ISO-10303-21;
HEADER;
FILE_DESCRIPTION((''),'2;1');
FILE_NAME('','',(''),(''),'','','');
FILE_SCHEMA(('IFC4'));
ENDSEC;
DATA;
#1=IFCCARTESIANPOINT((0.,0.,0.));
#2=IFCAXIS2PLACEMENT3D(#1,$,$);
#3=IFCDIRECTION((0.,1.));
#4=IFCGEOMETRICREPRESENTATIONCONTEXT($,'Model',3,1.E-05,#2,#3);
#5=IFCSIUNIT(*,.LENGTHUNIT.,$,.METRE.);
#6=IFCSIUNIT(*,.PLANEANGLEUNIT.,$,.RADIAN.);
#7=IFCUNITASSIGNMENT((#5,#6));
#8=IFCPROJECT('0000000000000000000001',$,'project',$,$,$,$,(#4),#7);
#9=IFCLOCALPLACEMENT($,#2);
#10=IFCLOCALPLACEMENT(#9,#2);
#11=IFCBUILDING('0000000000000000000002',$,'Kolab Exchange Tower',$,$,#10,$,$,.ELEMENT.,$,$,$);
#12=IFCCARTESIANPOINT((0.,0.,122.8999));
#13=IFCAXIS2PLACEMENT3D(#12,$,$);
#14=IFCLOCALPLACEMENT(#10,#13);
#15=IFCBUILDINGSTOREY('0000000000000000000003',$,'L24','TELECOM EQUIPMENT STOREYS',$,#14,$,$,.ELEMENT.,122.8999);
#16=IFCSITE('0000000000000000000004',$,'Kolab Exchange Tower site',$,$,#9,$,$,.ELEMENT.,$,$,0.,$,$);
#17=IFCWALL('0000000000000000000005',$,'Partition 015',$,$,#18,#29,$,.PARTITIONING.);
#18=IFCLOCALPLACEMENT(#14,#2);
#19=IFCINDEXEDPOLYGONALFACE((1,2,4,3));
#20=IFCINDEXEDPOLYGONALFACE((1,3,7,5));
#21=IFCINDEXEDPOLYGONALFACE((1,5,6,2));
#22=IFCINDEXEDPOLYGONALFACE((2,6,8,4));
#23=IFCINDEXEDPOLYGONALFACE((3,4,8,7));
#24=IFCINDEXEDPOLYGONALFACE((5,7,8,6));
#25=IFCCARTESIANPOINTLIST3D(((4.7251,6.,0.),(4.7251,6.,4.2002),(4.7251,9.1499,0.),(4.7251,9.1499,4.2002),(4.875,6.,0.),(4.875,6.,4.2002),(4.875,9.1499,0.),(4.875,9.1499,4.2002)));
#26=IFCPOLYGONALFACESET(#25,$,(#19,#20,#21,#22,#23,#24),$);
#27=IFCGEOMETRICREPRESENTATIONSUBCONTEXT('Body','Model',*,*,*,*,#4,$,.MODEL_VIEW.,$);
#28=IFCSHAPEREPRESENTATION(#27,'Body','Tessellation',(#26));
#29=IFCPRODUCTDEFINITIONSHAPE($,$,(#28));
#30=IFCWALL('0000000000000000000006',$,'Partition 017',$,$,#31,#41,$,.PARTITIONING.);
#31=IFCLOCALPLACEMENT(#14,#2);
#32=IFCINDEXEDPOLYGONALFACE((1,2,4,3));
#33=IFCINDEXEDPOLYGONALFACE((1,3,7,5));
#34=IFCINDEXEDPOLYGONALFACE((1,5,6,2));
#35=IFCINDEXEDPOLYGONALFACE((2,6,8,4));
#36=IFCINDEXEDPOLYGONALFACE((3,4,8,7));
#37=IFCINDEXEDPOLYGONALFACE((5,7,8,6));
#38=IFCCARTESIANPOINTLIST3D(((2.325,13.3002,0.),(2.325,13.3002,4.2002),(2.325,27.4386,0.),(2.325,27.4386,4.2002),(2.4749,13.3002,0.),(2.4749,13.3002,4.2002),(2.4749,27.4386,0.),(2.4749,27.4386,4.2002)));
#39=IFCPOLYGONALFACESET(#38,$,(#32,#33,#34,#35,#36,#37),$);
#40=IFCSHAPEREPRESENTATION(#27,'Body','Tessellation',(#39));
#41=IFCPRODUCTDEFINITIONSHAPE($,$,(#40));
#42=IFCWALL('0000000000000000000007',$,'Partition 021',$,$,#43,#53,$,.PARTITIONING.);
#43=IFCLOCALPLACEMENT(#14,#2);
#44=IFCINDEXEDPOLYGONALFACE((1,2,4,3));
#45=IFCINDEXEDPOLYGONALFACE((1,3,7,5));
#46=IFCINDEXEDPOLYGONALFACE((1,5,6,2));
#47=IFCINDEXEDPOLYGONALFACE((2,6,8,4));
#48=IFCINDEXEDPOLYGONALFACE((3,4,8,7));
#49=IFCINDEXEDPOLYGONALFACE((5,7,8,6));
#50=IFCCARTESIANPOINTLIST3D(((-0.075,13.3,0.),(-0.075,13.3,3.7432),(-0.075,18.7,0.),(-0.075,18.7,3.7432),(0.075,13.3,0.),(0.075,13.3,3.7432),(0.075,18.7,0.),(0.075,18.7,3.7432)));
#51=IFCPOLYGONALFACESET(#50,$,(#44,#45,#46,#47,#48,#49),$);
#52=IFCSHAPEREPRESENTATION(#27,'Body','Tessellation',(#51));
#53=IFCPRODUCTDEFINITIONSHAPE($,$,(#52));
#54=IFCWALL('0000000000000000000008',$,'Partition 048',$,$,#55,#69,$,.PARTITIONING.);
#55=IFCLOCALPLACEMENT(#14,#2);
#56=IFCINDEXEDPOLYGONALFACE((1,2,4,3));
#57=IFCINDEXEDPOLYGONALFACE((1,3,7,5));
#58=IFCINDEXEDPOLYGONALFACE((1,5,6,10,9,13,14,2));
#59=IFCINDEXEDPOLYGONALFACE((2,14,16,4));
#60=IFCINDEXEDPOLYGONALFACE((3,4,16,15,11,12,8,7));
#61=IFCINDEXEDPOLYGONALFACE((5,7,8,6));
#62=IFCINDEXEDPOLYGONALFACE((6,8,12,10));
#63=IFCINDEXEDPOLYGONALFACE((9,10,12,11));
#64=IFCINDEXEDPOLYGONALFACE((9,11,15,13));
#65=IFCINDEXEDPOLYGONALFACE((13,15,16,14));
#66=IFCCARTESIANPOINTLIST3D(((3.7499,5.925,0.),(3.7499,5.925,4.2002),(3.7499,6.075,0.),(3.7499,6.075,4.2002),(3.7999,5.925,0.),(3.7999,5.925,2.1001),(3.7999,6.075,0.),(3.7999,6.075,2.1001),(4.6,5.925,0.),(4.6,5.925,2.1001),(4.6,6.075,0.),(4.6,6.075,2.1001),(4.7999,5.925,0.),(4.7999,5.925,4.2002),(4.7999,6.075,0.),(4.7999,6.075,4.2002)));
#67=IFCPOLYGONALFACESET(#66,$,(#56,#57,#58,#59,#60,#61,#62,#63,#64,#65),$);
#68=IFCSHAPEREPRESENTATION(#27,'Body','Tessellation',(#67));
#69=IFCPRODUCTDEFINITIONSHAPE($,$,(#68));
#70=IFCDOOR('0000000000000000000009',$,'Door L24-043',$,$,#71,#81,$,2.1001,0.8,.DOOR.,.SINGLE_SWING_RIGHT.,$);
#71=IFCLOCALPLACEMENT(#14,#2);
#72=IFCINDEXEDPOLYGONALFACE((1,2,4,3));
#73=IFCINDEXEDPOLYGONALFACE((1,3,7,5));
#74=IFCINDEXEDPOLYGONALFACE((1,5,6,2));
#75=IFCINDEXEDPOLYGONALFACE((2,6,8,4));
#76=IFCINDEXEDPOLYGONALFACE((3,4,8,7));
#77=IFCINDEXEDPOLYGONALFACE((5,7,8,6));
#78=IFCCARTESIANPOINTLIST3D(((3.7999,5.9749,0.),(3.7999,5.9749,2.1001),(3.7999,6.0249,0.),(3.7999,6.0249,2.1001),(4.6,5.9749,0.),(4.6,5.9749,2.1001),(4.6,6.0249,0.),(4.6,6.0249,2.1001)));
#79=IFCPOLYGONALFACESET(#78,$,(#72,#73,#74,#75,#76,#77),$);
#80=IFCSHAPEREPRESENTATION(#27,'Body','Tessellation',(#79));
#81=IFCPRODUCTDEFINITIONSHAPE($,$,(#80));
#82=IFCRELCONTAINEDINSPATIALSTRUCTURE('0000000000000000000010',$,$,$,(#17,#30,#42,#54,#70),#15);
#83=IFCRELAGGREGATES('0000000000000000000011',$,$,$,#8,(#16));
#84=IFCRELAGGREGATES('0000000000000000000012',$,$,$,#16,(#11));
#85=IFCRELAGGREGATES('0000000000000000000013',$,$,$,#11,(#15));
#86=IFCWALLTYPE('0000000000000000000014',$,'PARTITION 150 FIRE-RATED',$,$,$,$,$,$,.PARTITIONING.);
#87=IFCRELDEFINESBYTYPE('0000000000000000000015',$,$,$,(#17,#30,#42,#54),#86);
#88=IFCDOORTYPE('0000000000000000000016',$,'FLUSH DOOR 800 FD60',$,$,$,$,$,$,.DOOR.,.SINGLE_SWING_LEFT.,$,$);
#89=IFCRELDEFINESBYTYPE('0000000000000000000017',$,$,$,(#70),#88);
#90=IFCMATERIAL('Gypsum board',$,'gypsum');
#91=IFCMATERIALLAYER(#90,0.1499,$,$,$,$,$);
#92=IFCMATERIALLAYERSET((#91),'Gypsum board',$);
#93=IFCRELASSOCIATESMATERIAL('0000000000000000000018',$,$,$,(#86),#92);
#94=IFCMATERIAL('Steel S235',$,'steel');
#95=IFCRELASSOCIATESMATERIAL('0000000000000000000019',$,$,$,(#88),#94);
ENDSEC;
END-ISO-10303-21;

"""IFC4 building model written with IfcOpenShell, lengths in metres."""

from ifc_helpers import new_model, si_unit, direction, frame, frame_2d, origin, place, context, subcontext, project, spatial, rectangle, extrude, material, layer, layer_set, type_object, element, fill, save


model = new_model("IFC4")

# Units and contexts
model_context = context("Model", 3, precision=1e-05, world=origin(), true_north=direction((0.0, 1.0)))
body_context = subcontext(model_context, "Body", "Model", "MODEL_VIEW")
ifc_project = project(units=[si_unit("LENGTHUNIT", "METRE"), si_unit("PLANEANGLEUNIT", "RADIAN")], contexts=[model_context])

# Site, building, storey
site_placement = place(None, origin())
site = spatial("IfcSite", under=ifc_project, at=site_placement, Name="Kolab Exchange Tower site", CompositionType="ELEMENT", RefElevation=0.0)
building_placement = place(site_placement, origin())
building = spatial("IfcBuilding", under=site, at=building_placement, Name="Kolab Exchange Tower", CompositionType="ELEMENT")
storey_placement = place(building_placement, frame((0.0, 0.0, 122.8999)))
storey = spatial("IfcBuildingStorey", under=building, at=storey_placement, Name="L24", Description="TELECOM EQUIPMENT STOREYS", CompositionType="ELEMENT", Elevation=122.8999)

# Shared definitions
ifc_material_1 = material(Name="Steel S235", Category="steel")

# Walls
ifc_material_2 = material(Name="Gypsum board", Category="gypsum")
ifc_layer_1 = layer(ifc_material_2, 0.1499)
ifc_layer_set_1 = layer_set([ifc_layer_1], Name="Gypsum board")
wall_type_1 = type_object("IfcWallType", Name="PARTITION 150 FIRE-RATED", PredefinedType="PARTITIONING", material=ifc_layer_set_1)
wall_1_placement = place(storey_placement, frame((4.8, 6.0, 0.0), z_axis=(0.0, 0.0, 1.0), x_axis=(0.0, 1.0, 0.0)))
element("IfcWall", 1, at=wall_1_placement, inside=storey, type_object=wall_type_1, Name="Partition 015", PredefinedType="PARTITIONING", context=body_context, shape_type="SweptSolid", body=[
    extrude(rectangle(XDim=3.1499, YDim=0.1499, at=frame_2d((1.575, 0.0))), origin(), (0.0, 0.0, 1.0), 4.2002),
])
wall_2_placement = place(storey_placement, frame((2.3999, 13.3, 0.0), z_axis=(0.0, 0.0, 1.0), x_axis=(0.0, 1.0, 0.0)))
element("IfcWall", 2, at=wall_2_placement, inside=storey, type_object=wall_type_1, Name="Partition 017", PredefinedType="PARTITIONING", context=body_context, shape_type="SweptSolid", body=[
    extrude(rectangle(XDim=14.1384, YDim=0.1499, at=frame_2d((7.0693, 0.0))), origin(), (0.0, 0.0, 1.0), 4.2002),
])
wall_3_placement = place(storey_placement, frame((0.0, 13.3, 0.0), z_axis=(0.0, 0.0, 1.0), x_axis=(0.0, 1.0, 0.0)))
element("IfcWall", 3, at=wall_3_placement, inside=storey, type_object=wall_type_1, Name="Partition 021", PredefinedType="PARTITIONING", context=body_context, shape_type="SweptSolid", body=[
    extrude(rectangle(XDim=5.3999, YDim=0.1499, at=frame_2d((2.7, 0.0))), origin(), (0.0, 0.0, 1.0), 3.7432),
])

# Wall, opening, door
wall_4_placement = place(storey_placement, frame((3.75, 6.0, 0.0), z_axis=(0.0, 0.0, 1.0), x_axis=(1.0, 0.0, 0.0)))
wall_4 = element("IfcWall", 4, at=wall_4_placement, inside=storey, type_object=wall_type_1, Name="Partition 048", PredefinedType="PARTITIONING", context=body_context, shape_type="SweptSolid", body=[
    extrude(rectangle(XDim=1.05, YDim=0.1499, at=frame_2d((0.5249, 0.0))), origin(), (0.0, 0.0, 1.0), 4.2002),
])
opening_1_placement = place(wall_4_placement, frame((0.05, 0.0, 0.0)))
opening_1 = element("IfcOpeningElement", 5, at=opening_1_placement, cuts=wall_4, PredefinedType="OPENING", context=body_context, shape_type="SweptSolid", body=[
    extrude(rectangle(XDim=0.8, YDim=2.1001, at=frame_2d((0.3999, 1.05))), frame((0.0, 0.085, 0.0), z_axis=(0.0, -1.0, 0.0), x_axis=(1.0, 0.0, 0.0)), (0.0, 0.0, 1.0), 0.1699),
])
door_type_1 = type_object("IfcDoorType", Name="FLUSH DOOR 800 FD60", OperationType="SINGLE_SWING_LEFT", PredefinedType="DOOR", material=ifc_material_1)
door_1_placement = place(opening_1_placement, origin())
door_1 = element("IfcDoor", 6, at=door_1_placement, inside=storey, type_object=door_type_1, Name="Door L24-043", OperationType="SINGLE_SWING_RIGHT", OverallHeight=2.1001, OverallWidth=0.8, PredefinedType="DOOR", context=body_context, shape_type="SweptSolid", body=[
    extrude(rectangle(XDim=0.8, YDim=2.1001, at=frame_2d((0.3999, 1.05))), frame((0.0, 0.0249, 0.0), z_axis=(0.0, -1.0, 0.0), x_axis=(1.0, 0.0, 0.0)), (0.0, 0.0, 1.0), 0.05),
])
fill(opening_1, door_1)

save(model, "model.ifc")
